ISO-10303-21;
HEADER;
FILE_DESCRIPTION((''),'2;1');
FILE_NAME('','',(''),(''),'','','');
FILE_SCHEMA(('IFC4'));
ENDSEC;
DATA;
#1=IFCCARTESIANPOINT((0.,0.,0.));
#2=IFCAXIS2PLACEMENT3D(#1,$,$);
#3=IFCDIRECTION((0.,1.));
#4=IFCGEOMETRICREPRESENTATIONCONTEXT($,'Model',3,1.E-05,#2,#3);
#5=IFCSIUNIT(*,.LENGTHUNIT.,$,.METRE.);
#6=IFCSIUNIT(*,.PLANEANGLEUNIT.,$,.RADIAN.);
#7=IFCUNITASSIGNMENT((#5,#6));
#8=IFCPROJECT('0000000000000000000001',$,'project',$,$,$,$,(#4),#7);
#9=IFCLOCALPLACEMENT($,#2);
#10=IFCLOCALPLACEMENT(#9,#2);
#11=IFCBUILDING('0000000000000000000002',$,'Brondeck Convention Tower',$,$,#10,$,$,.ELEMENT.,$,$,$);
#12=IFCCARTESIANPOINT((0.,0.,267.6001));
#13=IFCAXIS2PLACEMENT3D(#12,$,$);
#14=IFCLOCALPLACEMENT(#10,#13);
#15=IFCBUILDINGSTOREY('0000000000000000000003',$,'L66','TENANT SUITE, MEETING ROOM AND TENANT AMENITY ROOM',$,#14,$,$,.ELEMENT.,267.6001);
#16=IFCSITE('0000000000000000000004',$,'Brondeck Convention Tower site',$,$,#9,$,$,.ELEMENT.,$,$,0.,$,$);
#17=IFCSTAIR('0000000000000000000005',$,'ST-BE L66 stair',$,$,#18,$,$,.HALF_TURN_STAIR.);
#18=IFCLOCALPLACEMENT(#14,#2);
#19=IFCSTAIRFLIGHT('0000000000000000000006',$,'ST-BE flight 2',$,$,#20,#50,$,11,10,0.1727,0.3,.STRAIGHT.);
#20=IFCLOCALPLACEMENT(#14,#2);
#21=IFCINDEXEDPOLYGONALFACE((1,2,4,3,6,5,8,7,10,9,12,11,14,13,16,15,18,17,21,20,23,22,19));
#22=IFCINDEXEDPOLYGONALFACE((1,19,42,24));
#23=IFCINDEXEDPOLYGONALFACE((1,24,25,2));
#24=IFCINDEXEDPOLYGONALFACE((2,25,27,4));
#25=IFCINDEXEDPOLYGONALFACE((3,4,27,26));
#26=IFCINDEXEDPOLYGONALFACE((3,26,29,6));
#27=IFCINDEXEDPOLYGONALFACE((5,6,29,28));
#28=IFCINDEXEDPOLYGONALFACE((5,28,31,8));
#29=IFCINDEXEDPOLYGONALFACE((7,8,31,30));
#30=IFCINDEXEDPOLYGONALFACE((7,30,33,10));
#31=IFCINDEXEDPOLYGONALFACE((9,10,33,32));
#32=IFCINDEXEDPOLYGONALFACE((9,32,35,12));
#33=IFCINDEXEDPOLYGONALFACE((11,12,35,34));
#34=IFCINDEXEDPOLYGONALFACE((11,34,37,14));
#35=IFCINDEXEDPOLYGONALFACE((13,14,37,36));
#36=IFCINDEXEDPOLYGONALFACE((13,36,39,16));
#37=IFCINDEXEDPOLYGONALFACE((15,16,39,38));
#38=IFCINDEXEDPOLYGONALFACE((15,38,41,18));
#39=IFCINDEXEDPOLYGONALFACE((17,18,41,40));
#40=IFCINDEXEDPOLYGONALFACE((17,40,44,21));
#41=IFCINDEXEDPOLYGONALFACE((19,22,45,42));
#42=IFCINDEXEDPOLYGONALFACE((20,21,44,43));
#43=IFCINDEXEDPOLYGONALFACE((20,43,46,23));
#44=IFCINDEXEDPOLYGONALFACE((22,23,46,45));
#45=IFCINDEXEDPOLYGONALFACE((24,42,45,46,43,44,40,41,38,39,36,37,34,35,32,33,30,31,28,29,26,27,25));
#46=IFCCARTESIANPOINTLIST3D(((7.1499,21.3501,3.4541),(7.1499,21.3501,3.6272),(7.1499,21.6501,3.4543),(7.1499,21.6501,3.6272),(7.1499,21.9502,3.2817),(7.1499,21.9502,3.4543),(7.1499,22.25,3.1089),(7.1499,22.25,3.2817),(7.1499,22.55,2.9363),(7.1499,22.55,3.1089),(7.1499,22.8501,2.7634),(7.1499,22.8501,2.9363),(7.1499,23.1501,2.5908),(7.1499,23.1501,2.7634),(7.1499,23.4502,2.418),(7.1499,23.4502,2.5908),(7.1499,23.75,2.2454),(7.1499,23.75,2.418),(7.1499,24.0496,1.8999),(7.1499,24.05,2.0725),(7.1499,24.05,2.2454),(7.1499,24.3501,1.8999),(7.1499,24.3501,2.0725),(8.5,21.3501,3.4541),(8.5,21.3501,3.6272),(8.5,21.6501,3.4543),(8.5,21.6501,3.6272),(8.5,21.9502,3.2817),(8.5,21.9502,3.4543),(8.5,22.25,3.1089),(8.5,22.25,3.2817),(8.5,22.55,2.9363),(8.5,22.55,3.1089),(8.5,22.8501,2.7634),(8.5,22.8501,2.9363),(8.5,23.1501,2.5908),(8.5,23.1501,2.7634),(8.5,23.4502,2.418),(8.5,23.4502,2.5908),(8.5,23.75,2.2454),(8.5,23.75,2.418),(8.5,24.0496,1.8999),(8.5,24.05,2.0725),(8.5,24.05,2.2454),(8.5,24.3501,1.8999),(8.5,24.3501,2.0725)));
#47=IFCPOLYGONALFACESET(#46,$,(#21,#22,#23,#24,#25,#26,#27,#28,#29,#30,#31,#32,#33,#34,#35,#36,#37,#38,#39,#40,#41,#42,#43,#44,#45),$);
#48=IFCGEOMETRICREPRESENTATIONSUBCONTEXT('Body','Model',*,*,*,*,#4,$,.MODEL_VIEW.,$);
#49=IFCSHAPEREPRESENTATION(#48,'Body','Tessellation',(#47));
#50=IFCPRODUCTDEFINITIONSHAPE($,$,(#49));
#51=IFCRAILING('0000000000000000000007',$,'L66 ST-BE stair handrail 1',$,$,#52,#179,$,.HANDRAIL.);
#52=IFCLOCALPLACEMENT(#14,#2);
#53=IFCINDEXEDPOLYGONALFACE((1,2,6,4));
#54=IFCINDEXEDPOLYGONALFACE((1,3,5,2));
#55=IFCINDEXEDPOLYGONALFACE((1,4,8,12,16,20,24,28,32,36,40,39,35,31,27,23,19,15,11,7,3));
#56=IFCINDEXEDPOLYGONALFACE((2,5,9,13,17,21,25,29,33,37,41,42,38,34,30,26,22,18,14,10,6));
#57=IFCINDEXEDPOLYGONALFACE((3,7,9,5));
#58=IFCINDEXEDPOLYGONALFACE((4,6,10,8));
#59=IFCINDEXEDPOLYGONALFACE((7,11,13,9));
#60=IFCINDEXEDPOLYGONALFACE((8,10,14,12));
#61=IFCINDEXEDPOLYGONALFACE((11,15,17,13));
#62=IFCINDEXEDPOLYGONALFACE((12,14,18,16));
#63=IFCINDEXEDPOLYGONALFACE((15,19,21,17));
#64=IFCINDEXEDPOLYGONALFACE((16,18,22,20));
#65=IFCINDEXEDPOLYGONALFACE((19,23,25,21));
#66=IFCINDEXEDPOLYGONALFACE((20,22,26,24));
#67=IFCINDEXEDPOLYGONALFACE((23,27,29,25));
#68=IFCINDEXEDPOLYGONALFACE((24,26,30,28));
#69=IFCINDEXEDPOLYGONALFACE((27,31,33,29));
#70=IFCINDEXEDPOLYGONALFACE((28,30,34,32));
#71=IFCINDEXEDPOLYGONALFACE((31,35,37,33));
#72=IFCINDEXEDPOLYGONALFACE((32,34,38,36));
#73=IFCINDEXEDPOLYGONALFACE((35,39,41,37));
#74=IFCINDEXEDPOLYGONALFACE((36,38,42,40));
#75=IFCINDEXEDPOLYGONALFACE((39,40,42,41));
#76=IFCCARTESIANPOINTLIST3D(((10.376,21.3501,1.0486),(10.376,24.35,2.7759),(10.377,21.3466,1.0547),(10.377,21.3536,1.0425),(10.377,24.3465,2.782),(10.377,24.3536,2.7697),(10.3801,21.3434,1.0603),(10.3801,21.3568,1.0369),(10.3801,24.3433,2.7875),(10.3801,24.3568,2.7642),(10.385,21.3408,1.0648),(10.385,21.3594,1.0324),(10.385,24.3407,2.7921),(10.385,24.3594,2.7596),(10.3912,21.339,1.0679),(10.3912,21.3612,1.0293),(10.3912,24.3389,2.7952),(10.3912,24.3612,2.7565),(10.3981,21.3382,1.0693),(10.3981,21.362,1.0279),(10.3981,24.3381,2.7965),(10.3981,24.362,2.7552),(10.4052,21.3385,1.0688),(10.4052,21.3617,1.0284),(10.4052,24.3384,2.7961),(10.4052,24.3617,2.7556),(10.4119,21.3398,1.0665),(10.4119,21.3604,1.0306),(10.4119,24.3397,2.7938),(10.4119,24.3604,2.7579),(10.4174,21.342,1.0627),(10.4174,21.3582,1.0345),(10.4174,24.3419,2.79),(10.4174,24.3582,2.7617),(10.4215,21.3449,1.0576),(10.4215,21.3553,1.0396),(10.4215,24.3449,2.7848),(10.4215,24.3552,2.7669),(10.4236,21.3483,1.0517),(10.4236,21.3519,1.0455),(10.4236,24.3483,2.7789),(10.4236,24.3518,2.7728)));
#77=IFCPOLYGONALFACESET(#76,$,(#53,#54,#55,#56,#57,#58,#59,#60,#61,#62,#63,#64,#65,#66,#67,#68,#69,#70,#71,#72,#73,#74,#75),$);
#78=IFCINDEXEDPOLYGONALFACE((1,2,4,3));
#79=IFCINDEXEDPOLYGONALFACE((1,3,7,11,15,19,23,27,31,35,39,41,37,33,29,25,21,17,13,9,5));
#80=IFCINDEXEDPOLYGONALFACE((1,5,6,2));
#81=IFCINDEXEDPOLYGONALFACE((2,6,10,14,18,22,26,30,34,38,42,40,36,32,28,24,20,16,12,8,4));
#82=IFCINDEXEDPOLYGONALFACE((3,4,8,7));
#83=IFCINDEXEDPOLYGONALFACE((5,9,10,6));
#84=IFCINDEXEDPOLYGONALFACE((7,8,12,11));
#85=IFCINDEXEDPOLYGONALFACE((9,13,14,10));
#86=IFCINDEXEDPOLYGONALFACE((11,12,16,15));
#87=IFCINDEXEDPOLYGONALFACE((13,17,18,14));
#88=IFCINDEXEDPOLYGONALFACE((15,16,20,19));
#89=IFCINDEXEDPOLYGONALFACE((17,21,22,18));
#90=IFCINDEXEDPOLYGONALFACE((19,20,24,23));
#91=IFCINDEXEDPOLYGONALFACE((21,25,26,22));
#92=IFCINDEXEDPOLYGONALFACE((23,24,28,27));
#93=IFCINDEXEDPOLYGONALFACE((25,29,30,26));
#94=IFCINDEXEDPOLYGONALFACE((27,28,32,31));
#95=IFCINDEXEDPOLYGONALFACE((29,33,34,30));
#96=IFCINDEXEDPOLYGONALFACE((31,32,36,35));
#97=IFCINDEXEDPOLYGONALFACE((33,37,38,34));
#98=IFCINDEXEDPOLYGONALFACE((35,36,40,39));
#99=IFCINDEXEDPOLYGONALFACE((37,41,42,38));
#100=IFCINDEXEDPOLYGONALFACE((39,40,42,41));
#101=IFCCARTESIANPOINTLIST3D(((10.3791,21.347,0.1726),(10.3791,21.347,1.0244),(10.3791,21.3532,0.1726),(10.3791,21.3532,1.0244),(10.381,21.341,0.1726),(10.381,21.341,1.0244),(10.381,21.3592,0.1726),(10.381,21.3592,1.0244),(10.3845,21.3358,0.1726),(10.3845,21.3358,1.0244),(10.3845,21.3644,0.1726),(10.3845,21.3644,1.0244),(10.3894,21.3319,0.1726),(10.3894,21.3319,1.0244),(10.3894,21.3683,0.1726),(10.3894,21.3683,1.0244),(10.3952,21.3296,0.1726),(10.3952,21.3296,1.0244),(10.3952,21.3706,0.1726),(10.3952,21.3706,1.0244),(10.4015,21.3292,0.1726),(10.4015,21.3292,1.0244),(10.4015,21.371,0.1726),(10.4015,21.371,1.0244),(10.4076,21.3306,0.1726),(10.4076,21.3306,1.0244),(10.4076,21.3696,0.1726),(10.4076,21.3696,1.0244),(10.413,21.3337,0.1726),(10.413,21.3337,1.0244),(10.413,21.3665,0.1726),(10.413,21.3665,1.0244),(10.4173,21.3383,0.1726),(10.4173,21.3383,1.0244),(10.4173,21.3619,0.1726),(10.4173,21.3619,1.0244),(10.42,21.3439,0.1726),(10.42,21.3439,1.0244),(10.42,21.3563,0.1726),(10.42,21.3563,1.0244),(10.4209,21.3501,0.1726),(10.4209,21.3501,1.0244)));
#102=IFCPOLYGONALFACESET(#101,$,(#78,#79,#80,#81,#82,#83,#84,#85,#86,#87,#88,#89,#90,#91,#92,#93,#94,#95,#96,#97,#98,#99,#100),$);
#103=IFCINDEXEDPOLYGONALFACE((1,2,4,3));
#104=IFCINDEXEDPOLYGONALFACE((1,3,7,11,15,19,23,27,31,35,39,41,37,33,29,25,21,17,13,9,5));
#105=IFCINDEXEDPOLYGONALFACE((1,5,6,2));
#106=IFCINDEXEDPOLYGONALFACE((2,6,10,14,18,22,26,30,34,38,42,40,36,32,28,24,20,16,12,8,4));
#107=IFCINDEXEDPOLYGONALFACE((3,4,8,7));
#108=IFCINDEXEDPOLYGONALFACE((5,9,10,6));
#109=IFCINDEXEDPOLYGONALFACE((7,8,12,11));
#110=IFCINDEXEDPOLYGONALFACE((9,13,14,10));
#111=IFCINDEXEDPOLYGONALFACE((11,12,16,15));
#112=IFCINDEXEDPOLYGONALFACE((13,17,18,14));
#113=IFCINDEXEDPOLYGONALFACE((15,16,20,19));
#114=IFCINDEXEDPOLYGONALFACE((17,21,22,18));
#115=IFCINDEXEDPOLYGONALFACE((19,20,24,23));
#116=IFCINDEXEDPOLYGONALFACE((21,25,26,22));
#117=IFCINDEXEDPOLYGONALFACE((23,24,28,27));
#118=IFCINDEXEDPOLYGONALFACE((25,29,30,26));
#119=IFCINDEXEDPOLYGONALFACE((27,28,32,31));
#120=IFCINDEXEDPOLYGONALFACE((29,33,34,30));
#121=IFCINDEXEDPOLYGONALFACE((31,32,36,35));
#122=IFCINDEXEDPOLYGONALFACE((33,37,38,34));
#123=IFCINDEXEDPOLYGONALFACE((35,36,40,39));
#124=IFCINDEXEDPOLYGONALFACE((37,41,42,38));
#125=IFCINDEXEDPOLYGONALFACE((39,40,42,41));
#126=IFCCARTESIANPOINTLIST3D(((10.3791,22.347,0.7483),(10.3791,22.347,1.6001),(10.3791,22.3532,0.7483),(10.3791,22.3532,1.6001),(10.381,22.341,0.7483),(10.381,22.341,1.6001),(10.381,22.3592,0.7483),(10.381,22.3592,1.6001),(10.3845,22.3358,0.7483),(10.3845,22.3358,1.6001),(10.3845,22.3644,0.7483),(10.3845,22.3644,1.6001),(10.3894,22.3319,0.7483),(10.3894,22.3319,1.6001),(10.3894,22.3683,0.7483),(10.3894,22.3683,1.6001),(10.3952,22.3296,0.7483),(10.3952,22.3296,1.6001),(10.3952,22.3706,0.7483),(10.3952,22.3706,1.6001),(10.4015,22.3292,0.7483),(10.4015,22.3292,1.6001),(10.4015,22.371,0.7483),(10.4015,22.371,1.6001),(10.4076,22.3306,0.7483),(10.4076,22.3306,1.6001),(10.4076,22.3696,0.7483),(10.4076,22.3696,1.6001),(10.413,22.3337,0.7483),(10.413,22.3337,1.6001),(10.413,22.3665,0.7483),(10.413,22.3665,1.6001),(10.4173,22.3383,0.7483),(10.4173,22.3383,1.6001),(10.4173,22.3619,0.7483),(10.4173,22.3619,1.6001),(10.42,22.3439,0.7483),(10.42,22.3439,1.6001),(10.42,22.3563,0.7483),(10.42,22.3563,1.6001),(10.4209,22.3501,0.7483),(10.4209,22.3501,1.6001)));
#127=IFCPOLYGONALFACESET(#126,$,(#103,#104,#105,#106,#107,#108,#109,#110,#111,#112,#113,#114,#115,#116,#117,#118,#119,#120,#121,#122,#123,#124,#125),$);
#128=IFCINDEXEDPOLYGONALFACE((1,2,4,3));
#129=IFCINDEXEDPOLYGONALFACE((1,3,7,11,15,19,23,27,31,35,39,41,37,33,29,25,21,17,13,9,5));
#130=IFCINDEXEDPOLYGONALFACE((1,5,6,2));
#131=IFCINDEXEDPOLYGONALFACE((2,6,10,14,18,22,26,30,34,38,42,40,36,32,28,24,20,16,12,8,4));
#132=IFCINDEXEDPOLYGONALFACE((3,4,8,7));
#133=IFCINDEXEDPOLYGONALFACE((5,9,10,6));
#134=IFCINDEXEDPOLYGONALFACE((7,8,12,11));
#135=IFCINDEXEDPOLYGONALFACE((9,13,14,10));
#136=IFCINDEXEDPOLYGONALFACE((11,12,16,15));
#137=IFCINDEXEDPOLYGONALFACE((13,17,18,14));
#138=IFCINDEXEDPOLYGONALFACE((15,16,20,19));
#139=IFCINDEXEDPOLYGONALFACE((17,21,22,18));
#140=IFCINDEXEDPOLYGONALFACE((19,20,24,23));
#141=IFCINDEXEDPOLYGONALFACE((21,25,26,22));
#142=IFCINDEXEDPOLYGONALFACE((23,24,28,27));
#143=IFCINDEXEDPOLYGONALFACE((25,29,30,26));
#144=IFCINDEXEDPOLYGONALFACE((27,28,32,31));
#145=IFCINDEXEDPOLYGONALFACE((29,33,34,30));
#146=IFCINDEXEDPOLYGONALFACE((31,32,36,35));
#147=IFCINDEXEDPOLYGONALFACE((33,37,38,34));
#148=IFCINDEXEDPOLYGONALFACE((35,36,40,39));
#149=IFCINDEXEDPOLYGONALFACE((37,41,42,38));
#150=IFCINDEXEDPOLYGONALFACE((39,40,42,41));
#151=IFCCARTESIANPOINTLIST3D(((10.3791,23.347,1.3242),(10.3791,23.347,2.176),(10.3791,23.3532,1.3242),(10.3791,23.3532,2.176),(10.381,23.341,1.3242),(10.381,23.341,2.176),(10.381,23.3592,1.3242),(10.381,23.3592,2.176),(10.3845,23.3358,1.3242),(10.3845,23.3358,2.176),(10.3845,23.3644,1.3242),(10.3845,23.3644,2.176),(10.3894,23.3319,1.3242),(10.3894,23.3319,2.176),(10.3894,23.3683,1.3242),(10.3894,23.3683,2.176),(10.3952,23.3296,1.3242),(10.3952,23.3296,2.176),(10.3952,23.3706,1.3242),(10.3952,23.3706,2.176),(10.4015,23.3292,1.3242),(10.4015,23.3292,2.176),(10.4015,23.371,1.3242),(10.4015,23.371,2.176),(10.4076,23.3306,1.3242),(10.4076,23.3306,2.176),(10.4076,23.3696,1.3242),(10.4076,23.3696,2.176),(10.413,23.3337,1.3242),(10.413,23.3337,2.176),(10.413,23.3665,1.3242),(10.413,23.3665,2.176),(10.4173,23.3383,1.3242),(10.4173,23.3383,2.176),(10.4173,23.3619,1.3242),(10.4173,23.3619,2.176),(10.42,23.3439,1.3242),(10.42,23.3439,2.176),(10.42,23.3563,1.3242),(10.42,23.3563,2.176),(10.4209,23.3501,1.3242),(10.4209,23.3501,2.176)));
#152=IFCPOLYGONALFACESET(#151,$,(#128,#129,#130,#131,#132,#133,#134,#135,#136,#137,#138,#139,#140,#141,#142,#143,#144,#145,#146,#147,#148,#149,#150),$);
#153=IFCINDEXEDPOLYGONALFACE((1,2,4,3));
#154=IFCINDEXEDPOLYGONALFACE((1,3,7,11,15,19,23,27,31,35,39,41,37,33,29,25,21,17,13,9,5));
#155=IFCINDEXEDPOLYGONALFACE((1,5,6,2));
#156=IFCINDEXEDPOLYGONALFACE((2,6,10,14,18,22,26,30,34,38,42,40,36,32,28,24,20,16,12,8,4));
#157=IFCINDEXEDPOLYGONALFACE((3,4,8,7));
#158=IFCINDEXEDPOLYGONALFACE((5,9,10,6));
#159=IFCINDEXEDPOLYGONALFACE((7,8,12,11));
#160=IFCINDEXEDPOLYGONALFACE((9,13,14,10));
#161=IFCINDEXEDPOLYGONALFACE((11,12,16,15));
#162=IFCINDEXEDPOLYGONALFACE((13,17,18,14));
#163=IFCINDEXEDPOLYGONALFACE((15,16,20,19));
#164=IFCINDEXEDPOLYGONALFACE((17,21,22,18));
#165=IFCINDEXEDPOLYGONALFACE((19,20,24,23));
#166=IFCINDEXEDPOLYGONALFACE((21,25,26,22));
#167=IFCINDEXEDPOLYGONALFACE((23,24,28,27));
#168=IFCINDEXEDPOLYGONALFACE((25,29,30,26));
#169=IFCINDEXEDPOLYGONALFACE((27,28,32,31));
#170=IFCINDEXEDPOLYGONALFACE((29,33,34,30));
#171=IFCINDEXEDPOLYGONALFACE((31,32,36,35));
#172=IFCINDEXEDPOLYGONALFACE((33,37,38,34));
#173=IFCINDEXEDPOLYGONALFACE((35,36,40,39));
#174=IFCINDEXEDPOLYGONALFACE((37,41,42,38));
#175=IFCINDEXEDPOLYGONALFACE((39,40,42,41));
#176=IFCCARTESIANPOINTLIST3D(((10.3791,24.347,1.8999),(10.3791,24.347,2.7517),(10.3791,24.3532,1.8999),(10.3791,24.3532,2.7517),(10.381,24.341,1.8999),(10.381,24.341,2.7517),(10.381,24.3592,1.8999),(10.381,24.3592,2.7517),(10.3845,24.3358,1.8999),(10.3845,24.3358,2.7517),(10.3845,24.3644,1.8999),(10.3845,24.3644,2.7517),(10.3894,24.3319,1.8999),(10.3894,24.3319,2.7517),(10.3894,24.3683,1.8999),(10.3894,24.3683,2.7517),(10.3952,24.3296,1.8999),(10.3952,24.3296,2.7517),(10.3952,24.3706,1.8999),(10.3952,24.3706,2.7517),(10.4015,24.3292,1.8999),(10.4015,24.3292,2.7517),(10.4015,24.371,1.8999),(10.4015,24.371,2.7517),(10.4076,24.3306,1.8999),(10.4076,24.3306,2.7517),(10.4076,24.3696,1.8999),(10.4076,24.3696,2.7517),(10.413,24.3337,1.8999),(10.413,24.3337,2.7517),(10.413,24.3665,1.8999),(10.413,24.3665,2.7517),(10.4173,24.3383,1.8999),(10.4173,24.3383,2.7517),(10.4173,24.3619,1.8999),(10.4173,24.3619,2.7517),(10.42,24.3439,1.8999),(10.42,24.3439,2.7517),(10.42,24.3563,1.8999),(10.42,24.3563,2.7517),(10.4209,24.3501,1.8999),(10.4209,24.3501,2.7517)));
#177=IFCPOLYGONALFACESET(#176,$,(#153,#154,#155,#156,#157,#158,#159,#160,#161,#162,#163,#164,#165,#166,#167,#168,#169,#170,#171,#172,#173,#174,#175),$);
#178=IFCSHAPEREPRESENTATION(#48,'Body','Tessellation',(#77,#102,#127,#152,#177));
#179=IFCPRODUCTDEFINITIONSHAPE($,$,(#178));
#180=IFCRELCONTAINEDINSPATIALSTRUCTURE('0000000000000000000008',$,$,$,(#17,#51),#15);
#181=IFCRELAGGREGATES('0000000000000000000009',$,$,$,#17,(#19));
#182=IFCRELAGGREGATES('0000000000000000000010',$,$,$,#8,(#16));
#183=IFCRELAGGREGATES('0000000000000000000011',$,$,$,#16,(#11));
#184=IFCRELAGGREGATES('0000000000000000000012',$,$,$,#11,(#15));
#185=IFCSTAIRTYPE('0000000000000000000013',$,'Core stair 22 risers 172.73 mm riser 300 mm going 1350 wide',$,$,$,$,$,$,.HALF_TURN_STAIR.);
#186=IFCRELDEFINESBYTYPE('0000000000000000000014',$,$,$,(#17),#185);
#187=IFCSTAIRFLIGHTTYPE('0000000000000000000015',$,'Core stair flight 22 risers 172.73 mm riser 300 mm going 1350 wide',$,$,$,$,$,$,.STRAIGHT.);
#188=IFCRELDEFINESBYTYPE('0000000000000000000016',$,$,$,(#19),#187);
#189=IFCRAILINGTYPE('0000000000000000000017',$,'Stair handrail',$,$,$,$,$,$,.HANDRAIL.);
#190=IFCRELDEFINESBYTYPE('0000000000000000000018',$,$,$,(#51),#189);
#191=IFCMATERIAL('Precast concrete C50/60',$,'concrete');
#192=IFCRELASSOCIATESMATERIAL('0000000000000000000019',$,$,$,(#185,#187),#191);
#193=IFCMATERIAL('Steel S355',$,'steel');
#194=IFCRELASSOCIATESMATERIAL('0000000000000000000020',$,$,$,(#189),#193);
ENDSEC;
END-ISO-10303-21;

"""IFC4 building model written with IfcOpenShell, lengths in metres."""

from ifc_helpers import new_model, si_unit, direction, frame, origin, origin_2d, place, context, subcontext, project, spatial, polyline, circle, outline, extrude, material, type_object, element, aggregate, save


model = new_model("IFC4")

# Units and contexts
model_context = context("Model", 3, precision=1e-05, world=origin(), true_north=direction((0.0, 1.0)))
body_context = subcontext(model_context, "Body", "Model", "MODEL_VIEW")
ifc_project = project(units=[si_unit("LENGTHUNIT", "METRE"), si_unit("PLANEANGLEUNIT", "RADIAN")], contexts=[model_context])

# Site, building, storey
site_placement = place(None, origin())
site = spatial("IfcSite", under=ifc_project, at=site_placement, Name="Brondeck Convention Tower site", CompositionType="ELEMENT", RefElevation=0.0)
building_placement = place(site_placement, origin())
building = spatial("IfcBuilding", under=site, at=building_placement, Name="Brondeck Convention Tower", CompositionType="ELEMENT")
storey_placement = place(building_placement, frame((0.0, 0.0, 267.6001)))
storey = spatial("IfcBuildingStorey", under=building, at=storey_placement, Name="L66", Description="TENANT SUITE, MEETING ROOM AND TENANT AMENITY ROOM", CompositionType="ELEMENT", Elevation=267.6001)

# Shared definitions
ifc_material_1 = material(Name="Steel S355", Category="steel")

# Stair, stair flight
ifc_material_2 = material(Name="Precast concrete C50/60", Category="concrete")
stair_type = type_object("IfcStairType", Name="Core stair 22 risers 172.73 mm riser 300 mm going 1350 wide", PredefinedType="HALF_TURN_STAIR", material=ifc_material_2)
stair_placement = place(storey_placement, origin())
stair = element("IfcStair", 1, at=stair_placement, inside=storey, type_object=stair_type, Name="ST-BE L66 stair", PredefinedType="HALF_TURN_STAIR")
stair_flight_type = type_object("IfcStairFlightType", Name="Core stair flight 22 risers 172.73 mm riser 300 mm going 1350 wide", PredefinedType="STRAIGHT", material=ifc_material_2)
stair_flight_1_placement = place(storey_placement, frame((7.825, 24.3501, 1.8999), z_axis=(0.0, 0.0, 1.0), x_axis=(0.0, -1.0, 0.0)))
stair_flight_1 = element("IfcStairFlight", 2, at=stair_flight_1_placement, type_object=stair_flight_type, Name="ST-BE flight 2", NumberOfRisers=11, NumberOfTreads=10, PredefinedType="STRAIGHT", RiserHeight=0.1727, TreadLength=0.3, context=body_context, shape_type="SweptSolid", body=[
    extrude(outline(polyline([(0.0, 0.0), (0.0, 0.1726), (0.3, 0.1726), (0.3, 0.3455), (0.6001, 0.3455), (0.6001, 0.5181), (0.8999, 0.5181), (0.8999, 0.6909), (1.2, 0.6909), (1.2, 0.8635), (1.5, 0.8635), (1.5, 1.0364), (1.8, 1.0364), (1.8, 1.209), (2.1001, 1.209), (2.1001, 1.3818), (2.3999, 1.3818), (2.3999, 1.5544), (2.7, 1.5544), (2.7, 1.7273), (3.0, 1.7273), (3.0, 1.8999), (3.0, 1.5542), (0.3005, 0.0), (0.0, 0.0)])), frame((0.0, 0.675, 0.0), z_axis=(0.0, -1.0, 0.0), x_axis=(1.0, 0.0, 0.0)), (0.0, 0.0, 1.0), 1.3501),
])
aggregate(stair, [stair_flight_1])

# Railing
railing_type = type_object("IfcRailingType", Name="Stair handrail", PredefinedType="HANDRAIL", material=ifc_material_1)
railing_1_placement = place(storey_placement, frame((10.3999, 21.3501, 0.1726)))
element("IfcRailing", 3, at=railing_1_placement, inside=storey, type_object=railing_type, Name="L66 ST-BE stair handrail 1", PredefinedType="HANDRAIL", context=body_context, shape_type="SweptSolid", body=[
    extrude(circle(Radius=0.0239, at=origin_2d()), frame((0.0, 0.0, 0.876), z_axis=(0.0, 0.86662, 0.498969), x_axis=(-1.0, 0.0, 0.0)), (0.0, 0.0, 1.0), 3.4617),
    extrude(circle(Radius=0.021, at=origin_2d()), origin(), (0.0, 0.0, 1.0), 0.8518),
    extrude(circle(Radius=0.021, at=origin_2d()), frame((0.0, 1.0, 0.5757)), (0.0, 0.0, 1.0), 0.8518),
    extrude(circle(Radius=0.021, at=origin_2d()), frame((0.0, 2.0, 1.1516)), (0.0, 0.0, 1.0), 0.8518),
    extrude(circle(Radius=0.021, at=origin_2d()), frame((0.0, 3.0, 1.7273)), (0.0, 0.0, 1.0), 0.8518),
])

save(model, "model.ifc")
